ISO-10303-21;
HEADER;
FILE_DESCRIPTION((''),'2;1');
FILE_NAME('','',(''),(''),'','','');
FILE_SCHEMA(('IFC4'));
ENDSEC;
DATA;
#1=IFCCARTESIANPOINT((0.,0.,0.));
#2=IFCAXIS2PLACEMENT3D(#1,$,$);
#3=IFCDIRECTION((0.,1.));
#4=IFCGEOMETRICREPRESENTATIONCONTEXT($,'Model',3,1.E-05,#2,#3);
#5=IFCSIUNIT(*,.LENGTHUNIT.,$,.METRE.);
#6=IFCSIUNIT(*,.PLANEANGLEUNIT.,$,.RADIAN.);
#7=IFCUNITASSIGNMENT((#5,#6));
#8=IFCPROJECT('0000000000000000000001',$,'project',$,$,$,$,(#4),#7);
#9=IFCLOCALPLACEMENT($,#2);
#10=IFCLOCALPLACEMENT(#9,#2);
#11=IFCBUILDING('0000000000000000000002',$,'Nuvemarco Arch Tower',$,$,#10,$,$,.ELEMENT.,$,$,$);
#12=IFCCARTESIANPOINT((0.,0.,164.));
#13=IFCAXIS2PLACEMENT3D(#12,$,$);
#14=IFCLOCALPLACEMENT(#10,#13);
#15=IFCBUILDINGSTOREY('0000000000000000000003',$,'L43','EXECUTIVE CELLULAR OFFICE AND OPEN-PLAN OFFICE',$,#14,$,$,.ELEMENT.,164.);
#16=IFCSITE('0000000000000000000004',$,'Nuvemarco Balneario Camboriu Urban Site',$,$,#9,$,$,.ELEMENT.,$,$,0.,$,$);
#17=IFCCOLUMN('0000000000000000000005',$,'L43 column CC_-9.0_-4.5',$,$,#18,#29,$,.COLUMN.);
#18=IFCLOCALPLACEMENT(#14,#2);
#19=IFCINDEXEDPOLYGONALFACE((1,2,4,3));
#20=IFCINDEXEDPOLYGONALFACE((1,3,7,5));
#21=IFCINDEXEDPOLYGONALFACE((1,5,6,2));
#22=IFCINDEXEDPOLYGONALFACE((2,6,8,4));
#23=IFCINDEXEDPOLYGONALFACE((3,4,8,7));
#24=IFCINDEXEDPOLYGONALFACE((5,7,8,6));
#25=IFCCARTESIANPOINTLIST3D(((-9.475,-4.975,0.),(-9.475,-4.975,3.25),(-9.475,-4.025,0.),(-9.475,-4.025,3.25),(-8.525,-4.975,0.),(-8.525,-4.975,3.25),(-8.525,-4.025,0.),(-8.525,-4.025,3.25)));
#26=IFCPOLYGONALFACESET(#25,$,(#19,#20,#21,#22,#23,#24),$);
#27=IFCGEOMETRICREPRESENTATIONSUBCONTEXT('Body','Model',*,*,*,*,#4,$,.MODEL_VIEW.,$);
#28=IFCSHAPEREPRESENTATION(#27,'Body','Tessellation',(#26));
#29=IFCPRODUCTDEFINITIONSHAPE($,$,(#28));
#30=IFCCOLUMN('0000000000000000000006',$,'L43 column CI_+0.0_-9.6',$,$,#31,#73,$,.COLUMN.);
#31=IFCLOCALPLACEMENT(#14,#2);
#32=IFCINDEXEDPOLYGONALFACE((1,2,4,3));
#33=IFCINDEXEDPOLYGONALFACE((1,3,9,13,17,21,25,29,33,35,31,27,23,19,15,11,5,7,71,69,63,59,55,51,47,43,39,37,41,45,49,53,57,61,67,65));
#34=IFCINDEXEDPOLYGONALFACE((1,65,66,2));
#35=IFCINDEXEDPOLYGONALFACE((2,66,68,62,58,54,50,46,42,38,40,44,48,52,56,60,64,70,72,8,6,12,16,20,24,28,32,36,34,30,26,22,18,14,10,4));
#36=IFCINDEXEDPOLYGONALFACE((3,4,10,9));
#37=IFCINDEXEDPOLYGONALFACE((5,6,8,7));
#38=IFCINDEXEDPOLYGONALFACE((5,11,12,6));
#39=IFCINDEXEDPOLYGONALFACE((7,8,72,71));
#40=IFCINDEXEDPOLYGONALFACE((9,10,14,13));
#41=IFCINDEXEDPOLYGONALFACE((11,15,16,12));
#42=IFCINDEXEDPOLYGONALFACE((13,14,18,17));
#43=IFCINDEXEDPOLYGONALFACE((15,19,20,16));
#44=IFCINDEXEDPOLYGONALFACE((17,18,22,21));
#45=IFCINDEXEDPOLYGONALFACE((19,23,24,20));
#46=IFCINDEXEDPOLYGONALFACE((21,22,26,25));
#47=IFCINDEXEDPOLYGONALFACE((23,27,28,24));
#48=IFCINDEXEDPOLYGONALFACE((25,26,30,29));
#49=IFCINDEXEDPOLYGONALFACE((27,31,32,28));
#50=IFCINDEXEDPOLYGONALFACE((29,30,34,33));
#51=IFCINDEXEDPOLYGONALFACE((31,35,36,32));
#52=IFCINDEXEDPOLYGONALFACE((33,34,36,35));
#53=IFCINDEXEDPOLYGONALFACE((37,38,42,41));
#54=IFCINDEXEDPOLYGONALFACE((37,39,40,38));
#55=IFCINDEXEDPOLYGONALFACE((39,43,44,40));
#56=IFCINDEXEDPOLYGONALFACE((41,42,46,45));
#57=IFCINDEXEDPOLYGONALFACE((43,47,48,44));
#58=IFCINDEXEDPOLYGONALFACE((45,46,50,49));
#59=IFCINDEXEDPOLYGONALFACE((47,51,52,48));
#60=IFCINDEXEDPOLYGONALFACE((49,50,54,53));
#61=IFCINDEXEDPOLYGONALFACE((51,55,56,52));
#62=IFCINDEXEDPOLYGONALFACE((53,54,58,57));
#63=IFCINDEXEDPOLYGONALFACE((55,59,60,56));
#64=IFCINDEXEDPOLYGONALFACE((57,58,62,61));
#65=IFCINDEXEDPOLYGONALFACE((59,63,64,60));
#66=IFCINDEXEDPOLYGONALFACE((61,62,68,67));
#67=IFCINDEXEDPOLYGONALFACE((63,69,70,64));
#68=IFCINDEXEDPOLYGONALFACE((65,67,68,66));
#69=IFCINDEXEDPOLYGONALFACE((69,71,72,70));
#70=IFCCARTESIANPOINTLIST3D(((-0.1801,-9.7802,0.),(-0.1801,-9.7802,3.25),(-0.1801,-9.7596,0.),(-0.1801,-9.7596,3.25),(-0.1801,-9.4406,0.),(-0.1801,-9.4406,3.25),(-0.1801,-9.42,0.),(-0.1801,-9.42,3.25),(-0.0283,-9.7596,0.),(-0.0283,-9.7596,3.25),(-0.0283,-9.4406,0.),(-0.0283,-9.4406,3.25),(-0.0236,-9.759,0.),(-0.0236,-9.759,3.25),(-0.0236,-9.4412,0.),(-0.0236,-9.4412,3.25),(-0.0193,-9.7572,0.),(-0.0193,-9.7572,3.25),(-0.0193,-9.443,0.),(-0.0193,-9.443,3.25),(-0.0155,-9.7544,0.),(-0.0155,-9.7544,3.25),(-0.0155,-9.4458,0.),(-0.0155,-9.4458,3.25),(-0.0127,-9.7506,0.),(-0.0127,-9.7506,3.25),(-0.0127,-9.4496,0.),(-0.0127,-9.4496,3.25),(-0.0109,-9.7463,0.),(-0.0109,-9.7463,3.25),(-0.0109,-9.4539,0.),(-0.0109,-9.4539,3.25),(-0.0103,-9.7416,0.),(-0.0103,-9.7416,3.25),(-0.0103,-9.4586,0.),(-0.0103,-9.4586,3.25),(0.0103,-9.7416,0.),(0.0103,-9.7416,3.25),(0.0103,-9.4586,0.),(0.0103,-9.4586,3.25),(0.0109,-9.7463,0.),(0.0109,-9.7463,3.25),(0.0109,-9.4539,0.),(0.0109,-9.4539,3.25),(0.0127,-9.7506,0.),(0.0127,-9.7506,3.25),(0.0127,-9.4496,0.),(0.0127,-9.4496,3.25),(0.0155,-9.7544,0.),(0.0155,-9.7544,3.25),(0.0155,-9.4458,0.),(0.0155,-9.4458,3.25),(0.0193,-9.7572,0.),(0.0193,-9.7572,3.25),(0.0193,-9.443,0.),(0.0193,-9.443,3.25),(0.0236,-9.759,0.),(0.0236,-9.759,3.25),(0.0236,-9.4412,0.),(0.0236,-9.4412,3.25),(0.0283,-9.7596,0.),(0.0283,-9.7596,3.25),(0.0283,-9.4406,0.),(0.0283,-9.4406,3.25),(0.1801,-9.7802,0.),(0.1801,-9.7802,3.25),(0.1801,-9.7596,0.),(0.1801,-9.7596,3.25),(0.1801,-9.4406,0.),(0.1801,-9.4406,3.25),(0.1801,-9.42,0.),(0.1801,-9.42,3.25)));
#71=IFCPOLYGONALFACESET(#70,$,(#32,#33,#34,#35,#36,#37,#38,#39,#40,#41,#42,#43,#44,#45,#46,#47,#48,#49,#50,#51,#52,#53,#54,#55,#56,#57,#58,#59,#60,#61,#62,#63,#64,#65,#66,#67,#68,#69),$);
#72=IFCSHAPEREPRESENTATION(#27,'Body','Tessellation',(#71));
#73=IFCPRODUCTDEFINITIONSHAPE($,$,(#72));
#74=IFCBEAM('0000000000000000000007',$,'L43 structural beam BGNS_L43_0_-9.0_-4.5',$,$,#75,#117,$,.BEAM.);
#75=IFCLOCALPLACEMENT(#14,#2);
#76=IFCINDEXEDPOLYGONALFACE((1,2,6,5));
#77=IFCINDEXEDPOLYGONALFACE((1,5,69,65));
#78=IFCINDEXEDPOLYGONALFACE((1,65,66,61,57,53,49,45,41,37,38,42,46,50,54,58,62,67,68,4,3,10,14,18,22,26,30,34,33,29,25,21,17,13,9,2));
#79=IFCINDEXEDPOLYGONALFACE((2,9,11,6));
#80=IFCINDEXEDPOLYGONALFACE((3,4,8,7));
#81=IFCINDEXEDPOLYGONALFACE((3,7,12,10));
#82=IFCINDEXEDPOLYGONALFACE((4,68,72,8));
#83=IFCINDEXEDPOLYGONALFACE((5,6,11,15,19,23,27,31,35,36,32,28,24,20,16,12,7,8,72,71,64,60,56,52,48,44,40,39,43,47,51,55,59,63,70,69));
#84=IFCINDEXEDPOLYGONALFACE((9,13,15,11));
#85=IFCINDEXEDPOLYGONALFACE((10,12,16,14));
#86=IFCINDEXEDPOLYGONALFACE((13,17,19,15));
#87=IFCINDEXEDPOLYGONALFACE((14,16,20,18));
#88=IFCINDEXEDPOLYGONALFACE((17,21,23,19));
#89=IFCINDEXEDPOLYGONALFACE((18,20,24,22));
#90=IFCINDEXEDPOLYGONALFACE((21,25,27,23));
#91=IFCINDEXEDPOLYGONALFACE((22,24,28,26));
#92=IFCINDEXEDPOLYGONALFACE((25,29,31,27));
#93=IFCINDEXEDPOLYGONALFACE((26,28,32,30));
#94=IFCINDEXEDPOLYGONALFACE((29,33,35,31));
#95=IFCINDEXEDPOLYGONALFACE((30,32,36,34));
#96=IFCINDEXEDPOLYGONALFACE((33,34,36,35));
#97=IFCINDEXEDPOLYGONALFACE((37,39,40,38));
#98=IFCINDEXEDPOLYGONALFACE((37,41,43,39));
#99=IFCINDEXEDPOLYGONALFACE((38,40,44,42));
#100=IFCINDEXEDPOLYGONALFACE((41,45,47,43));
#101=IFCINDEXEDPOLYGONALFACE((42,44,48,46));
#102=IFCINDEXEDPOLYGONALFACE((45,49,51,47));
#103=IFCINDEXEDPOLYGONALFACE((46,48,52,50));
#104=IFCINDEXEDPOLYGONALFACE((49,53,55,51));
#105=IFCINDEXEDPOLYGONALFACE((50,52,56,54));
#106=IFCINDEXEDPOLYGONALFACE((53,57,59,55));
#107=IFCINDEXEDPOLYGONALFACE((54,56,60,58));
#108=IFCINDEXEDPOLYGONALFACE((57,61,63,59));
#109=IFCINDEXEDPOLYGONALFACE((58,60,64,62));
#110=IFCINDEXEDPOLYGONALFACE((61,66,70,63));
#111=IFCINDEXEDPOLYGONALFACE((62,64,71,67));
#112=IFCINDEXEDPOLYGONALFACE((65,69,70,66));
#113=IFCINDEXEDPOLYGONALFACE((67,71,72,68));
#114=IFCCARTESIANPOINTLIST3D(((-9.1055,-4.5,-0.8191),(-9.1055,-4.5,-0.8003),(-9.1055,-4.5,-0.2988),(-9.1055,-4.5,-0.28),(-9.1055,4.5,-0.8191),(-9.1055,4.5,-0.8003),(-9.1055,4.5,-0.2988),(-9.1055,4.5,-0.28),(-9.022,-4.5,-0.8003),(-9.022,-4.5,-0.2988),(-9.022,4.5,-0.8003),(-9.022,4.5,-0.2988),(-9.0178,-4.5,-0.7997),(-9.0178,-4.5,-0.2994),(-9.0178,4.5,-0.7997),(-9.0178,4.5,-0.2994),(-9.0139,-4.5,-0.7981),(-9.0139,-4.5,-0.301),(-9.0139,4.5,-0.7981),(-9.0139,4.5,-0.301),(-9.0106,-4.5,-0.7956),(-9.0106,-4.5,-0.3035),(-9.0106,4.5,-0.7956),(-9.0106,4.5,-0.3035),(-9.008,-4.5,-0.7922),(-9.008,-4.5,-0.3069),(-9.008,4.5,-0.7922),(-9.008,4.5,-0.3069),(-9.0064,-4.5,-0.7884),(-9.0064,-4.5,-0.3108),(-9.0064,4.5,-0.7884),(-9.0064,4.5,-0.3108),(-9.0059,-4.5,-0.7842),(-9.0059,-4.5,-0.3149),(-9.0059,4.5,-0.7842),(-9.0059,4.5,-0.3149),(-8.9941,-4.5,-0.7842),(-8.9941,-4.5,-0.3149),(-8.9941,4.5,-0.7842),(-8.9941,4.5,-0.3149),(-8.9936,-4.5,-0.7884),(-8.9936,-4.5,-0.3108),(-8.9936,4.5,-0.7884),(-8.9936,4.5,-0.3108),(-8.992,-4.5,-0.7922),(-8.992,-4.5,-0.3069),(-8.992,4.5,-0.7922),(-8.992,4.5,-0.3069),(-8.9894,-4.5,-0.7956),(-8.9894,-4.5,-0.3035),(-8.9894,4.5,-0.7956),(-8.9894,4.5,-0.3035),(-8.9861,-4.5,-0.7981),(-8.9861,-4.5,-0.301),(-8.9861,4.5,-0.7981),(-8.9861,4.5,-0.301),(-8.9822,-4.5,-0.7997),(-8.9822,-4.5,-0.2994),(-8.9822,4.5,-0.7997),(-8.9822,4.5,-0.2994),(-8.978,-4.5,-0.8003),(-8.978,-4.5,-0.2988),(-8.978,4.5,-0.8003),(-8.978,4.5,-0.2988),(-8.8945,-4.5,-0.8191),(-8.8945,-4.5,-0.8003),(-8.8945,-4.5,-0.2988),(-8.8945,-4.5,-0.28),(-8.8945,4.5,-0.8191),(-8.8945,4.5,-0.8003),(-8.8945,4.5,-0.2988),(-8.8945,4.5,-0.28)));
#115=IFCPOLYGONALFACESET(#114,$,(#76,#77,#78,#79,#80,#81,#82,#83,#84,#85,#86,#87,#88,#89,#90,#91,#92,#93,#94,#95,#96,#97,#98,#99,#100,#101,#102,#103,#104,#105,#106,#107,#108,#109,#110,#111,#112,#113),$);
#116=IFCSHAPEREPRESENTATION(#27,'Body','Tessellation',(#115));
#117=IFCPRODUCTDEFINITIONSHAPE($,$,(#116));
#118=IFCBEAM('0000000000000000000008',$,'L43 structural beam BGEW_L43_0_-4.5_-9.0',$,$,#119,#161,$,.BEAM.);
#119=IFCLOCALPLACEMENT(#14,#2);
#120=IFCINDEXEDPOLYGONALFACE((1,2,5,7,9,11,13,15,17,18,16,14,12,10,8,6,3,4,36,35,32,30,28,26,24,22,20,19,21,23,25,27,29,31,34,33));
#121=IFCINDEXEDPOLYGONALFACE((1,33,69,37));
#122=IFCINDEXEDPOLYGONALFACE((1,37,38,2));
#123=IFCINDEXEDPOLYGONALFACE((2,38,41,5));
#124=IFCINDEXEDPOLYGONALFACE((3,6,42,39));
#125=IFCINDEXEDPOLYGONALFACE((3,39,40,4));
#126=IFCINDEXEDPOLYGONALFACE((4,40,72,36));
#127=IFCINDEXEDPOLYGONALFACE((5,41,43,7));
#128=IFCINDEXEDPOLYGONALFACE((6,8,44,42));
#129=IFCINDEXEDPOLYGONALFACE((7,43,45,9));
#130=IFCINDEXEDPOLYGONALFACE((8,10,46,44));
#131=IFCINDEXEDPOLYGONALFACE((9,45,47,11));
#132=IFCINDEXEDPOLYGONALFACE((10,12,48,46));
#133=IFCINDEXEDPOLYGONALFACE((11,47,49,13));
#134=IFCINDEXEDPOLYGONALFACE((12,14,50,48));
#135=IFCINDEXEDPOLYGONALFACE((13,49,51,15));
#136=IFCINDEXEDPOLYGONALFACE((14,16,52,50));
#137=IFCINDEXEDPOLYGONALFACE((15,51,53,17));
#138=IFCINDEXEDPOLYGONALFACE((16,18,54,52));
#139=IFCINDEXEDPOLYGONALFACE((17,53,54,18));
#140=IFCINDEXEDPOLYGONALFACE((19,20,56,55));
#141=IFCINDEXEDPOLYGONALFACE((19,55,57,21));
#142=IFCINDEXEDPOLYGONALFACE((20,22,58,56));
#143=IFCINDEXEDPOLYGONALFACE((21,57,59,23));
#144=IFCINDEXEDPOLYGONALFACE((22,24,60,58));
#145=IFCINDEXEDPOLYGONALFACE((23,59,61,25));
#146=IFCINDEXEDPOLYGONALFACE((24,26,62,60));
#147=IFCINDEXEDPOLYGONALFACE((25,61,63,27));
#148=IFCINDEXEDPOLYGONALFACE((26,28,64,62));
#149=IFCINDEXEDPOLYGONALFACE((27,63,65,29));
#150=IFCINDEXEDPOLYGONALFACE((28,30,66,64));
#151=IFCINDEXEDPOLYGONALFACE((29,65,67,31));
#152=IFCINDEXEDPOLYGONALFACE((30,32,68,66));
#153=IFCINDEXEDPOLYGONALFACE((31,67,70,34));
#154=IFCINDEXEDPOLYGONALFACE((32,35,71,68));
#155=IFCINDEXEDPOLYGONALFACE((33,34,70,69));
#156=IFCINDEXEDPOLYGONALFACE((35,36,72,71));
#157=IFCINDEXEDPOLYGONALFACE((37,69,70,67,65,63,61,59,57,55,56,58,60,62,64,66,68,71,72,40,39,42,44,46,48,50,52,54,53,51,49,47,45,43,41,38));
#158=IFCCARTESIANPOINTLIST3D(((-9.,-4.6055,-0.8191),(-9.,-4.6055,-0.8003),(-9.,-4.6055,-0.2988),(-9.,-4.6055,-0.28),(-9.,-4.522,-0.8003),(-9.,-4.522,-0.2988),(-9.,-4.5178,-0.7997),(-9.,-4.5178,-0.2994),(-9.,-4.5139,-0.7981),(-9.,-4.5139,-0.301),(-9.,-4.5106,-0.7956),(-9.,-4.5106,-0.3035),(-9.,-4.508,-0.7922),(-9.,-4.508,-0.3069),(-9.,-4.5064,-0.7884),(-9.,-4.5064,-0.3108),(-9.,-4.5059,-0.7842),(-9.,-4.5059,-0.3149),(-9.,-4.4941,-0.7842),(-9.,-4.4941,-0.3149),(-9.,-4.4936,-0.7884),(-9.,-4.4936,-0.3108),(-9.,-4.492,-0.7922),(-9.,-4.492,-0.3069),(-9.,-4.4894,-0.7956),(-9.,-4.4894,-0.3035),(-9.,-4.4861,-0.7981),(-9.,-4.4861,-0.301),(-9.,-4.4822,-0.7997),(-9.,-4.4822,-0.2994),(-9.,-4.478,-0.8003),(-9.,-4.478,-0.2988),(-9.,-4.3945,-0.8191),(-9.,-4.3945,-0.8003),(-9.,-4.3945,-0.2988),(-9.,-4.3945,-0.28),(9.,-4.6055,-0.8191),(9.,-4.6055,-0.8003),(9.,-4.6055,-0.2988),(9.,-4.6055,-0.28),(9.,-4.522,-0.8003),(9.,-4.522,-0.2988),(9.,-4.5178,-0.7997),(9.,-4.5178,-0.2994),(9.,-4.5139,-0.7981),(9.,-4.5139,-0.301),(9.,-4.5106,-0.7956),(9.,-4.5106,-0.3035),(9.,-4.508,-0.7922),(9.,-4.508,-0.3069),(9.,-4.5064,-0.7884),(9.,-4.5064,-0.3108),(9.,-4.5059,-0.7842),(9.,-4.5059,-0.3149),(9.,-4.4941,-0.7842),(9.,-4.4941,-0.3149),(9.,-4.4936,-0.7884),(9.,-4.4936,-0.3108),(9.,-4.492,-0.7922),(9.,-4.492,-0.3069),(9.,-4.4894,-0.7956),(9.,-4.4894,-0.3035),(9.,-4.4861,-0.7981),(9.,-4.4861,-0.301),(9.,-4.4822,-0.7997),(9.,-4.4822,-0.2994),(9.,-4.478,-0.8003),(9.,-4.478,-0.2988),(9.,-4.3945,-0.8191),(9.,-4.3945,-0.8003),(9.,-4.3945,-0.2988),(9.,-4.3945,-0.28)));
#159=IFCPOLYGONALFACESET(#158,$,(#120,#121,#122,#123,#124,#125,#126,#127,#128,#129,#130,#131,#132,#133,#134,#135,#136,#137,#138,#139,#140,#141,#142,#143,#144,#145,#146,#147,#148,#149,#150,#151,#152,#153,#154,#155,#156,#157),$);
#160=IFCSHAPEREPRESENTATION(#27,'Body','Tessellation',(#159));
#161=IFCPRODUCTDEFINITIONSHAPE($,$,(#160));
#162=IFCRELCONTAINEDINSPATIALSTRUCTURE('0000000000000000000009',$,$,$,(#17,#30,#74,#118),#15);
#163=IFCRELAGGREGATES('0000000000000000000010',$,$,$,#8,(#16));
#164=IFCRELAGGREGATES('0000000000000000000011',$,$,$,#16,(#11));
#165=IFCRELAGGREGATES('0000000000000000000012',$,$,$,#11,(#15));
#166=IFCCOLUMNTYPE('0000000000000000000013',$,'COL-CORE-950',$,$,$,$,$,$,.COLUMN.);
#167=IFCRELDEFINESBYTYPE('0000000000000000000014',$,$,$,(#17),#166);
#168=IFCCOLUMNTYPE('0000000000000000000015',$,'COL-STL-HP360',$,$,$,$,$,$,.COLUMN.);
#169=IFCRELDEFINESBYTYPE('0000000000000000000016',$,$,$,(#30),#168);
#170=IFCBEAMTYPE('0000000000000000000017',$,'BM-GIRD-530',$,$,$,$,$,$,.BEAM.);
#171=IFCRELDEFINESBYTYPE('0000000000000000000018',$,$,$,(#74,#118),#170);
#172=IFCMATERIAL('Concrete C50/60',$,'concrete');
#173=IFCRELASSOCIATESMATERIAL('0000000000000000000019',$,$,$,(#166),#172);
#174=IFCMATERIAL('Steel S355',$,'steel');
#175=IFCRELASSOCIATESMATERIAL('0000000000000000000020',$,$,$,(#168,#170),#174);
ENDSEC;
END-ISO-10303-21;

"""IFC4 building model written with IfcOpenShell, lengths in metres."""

from ifc_helpers import new_model, si_unit, direction, frame, origin, origin_2d, place, context, subcontext, project, spatial, rectangle, i_section, extrude, material, material_profile, profile_set, type_object, element, save


model = new_model("IFC4")

# Units and contexts
model_context = context("Model", 3, precision=1e-05, world=origin(), true_north=direction((0.0, 1.0)))
body_context = subcontext(model_context, "Body", "Model", "MODEL_VIEW")
ifc_project = project(units=[si_unit("LENGTHUNIT", "METRE"), si_unit("PLANEANGLEUNIT", "RADIAN")], contexts=[model_context])

# Site, building, storey
site_placement = place(None, origin())
site = spatial("IfcSite", under=ifc_project, at=site_placement, Name="Nuvemarco Balneario Camboriu Urban Site", CompositionType="ELEMENT", RefElevation=0.0)
building_placement = place(site_placement, origin())
building = spatial("IfcBuilding", under=site, at=building_placement, Name="Nuvemarco Arch Tower", CompositionType="ELEMENT")
storey_placement = place(building_placement, frame((0.0, 0.0, 164.0)))
storey = spatial("IfcBuildingStorey", under=building, at=storey_placement, Name="L43", Description="EXECUTIVE CELLULAR OFFICE AND OPEN-PLAN OFFICE", CompositionType="ELEMENT", Elevation=164.0)

# Columns
ifc_material_1 = material(Name="Concrete C50/60", Category="concrete")
ifc_material_profile_1 = material_profile(ifc_material_1, rectangle(XDim=0.95, YDim=0.95, at=origin_2d()), Name="RC-COL-950x950")
ifc_profile_set_1 = profile_set([ifc_material_profile_1], Name="Concrete C50/60")
column_type_1 = type_object("IfcColumnType", Name="COL-CORE-950", PredefinedType="COLUMN", material=ifc_profile_set_1)
column_1_placement = place(storey_placement, frame((-9.0, -4.5, 0.0), z_axis=(0.0, 0.0, 1.0), x_axis=(1.0, 0.0, 0.0)))
element("IfcColumn", 1, at=column_1_placement, inside=storey, type_object=column_type_1, Name="L43 column CC_-9.0_-4.5", PredefinedType="COLUMN", context=body_context, shape_type="SweptSolid", body=[
    extrude(rectangle(XDim=0.95, YDim=0.95, at=origin_2d()), origin(), (0.0, 0.0, 1.0), 3.25),
])
ifc_material_2 = material(Name="Steel S355", Category="steel")
ifc_material_profile_2 = material_profile(ifc_material_2, i_section(OverallWidth=0.3601, OverallDepth=0.3601, WebThickness=0.0205, FlangeThickness=0.0205, FilletRadius=0.0181, at=origin_2d()), Name="HP360x174")
ifc_profile_set_2 = profile_set([ifc_material_profile_2], Name="Steel S355")
column_type_2 = type_object("IfcColumnType", Name="COL-STL-HP360", PredefinedType="COLUMN", material=ifc_profile_set_2)
column_2_placement = place(storey_placement, frame((0.0, -9.6001, 0.0), z_axis=(0.0, 0.0, 1.0), x_axis=(1.0, 0.0, 0.0)))
element("IfcColumn", 2, at=column_2_placement, inside=storey, type_object=column_type_2, Name="L43 column CI_+0.0_-9.6", PredefinedType="COLUMN", context=body_context, shape_type="SweptSolid", body=[
    extrude(i_section(OverallWidth=0.3601, OverallDepth=0.3601, WebThickness=0.0205, FlangeThickness=0.0205, FilletRadius=0.0181, at=origin_2d()), origin(), (0.0, 0.0, 1.0), 3.25),
])

# Beams
ifc_material_profile_3 = material_profile(ifc_material_2, i_section(OverallWidth=0.2109, OverallDepth=0.5391, WebThickness=0.0117, FlangeThickness=0.0188, FilletRadius=0.0161, at=origin_2d()), Name="W530x109")
ifc_profile_set_3 = profile_set([ifc_material_profile_3], Name="Steel S355")
beam_type = type_object("IfcBeamType", Name="BM-GIRD-530", PredefinedType="BEAM", material=ifc_profile_set_3)
beam_1_placement = place(storey_placement, frame((-9.0, -4.5, -0.5496), z_axis=(0.0, 1.0, 0.0), x_axis=(-1.0, 0.0, 0.0)))
element("IfcBeam", 3, at=beam_1_placement, inside=storey, type_object=beam_type, Name="L43 structural beam BGNS_L43_0_-9.0_-4.5", PredefinedType="BEAM", context=body_context, shape_type="SweptSolid", body=[
    extrude(i_section(OverallWidth=0.2109, OverallDepth=0.5391, WebThickness=0.0117, FlangeThickness=0.0188, FilletRadius=0.0161, at=origin_2d()), origin(), (0.0, 0.0, 1.0), 9.0),
])
beam_2_placement = place(storey_placement, frame((-9.0, -4.5, -0.5496), z_axis=(1.0, 0.0, 0.0), x_axis=(0.0, 1.0, 0.0)))
element("IfcBeam", 4, at=beam_2_placement, inside=storey, type_object=beam_type, Name="L43 structural beam BGEW_L43_0_-4.5_-9.0", PredefinedType="BEAM", context=body_context, shape_type="SweptSolid", body=[
    extrude(i_section(OverallWidth=0.2109, OverallDepth=0.5391, WebThickness=0.0117, FlangeThickness=0.0188, FilletRadius=0.0161, at=origin_2d()), origin(), (0.0, 0.0, 1.0), 18.0),
])

save(model, "model.ifc")
